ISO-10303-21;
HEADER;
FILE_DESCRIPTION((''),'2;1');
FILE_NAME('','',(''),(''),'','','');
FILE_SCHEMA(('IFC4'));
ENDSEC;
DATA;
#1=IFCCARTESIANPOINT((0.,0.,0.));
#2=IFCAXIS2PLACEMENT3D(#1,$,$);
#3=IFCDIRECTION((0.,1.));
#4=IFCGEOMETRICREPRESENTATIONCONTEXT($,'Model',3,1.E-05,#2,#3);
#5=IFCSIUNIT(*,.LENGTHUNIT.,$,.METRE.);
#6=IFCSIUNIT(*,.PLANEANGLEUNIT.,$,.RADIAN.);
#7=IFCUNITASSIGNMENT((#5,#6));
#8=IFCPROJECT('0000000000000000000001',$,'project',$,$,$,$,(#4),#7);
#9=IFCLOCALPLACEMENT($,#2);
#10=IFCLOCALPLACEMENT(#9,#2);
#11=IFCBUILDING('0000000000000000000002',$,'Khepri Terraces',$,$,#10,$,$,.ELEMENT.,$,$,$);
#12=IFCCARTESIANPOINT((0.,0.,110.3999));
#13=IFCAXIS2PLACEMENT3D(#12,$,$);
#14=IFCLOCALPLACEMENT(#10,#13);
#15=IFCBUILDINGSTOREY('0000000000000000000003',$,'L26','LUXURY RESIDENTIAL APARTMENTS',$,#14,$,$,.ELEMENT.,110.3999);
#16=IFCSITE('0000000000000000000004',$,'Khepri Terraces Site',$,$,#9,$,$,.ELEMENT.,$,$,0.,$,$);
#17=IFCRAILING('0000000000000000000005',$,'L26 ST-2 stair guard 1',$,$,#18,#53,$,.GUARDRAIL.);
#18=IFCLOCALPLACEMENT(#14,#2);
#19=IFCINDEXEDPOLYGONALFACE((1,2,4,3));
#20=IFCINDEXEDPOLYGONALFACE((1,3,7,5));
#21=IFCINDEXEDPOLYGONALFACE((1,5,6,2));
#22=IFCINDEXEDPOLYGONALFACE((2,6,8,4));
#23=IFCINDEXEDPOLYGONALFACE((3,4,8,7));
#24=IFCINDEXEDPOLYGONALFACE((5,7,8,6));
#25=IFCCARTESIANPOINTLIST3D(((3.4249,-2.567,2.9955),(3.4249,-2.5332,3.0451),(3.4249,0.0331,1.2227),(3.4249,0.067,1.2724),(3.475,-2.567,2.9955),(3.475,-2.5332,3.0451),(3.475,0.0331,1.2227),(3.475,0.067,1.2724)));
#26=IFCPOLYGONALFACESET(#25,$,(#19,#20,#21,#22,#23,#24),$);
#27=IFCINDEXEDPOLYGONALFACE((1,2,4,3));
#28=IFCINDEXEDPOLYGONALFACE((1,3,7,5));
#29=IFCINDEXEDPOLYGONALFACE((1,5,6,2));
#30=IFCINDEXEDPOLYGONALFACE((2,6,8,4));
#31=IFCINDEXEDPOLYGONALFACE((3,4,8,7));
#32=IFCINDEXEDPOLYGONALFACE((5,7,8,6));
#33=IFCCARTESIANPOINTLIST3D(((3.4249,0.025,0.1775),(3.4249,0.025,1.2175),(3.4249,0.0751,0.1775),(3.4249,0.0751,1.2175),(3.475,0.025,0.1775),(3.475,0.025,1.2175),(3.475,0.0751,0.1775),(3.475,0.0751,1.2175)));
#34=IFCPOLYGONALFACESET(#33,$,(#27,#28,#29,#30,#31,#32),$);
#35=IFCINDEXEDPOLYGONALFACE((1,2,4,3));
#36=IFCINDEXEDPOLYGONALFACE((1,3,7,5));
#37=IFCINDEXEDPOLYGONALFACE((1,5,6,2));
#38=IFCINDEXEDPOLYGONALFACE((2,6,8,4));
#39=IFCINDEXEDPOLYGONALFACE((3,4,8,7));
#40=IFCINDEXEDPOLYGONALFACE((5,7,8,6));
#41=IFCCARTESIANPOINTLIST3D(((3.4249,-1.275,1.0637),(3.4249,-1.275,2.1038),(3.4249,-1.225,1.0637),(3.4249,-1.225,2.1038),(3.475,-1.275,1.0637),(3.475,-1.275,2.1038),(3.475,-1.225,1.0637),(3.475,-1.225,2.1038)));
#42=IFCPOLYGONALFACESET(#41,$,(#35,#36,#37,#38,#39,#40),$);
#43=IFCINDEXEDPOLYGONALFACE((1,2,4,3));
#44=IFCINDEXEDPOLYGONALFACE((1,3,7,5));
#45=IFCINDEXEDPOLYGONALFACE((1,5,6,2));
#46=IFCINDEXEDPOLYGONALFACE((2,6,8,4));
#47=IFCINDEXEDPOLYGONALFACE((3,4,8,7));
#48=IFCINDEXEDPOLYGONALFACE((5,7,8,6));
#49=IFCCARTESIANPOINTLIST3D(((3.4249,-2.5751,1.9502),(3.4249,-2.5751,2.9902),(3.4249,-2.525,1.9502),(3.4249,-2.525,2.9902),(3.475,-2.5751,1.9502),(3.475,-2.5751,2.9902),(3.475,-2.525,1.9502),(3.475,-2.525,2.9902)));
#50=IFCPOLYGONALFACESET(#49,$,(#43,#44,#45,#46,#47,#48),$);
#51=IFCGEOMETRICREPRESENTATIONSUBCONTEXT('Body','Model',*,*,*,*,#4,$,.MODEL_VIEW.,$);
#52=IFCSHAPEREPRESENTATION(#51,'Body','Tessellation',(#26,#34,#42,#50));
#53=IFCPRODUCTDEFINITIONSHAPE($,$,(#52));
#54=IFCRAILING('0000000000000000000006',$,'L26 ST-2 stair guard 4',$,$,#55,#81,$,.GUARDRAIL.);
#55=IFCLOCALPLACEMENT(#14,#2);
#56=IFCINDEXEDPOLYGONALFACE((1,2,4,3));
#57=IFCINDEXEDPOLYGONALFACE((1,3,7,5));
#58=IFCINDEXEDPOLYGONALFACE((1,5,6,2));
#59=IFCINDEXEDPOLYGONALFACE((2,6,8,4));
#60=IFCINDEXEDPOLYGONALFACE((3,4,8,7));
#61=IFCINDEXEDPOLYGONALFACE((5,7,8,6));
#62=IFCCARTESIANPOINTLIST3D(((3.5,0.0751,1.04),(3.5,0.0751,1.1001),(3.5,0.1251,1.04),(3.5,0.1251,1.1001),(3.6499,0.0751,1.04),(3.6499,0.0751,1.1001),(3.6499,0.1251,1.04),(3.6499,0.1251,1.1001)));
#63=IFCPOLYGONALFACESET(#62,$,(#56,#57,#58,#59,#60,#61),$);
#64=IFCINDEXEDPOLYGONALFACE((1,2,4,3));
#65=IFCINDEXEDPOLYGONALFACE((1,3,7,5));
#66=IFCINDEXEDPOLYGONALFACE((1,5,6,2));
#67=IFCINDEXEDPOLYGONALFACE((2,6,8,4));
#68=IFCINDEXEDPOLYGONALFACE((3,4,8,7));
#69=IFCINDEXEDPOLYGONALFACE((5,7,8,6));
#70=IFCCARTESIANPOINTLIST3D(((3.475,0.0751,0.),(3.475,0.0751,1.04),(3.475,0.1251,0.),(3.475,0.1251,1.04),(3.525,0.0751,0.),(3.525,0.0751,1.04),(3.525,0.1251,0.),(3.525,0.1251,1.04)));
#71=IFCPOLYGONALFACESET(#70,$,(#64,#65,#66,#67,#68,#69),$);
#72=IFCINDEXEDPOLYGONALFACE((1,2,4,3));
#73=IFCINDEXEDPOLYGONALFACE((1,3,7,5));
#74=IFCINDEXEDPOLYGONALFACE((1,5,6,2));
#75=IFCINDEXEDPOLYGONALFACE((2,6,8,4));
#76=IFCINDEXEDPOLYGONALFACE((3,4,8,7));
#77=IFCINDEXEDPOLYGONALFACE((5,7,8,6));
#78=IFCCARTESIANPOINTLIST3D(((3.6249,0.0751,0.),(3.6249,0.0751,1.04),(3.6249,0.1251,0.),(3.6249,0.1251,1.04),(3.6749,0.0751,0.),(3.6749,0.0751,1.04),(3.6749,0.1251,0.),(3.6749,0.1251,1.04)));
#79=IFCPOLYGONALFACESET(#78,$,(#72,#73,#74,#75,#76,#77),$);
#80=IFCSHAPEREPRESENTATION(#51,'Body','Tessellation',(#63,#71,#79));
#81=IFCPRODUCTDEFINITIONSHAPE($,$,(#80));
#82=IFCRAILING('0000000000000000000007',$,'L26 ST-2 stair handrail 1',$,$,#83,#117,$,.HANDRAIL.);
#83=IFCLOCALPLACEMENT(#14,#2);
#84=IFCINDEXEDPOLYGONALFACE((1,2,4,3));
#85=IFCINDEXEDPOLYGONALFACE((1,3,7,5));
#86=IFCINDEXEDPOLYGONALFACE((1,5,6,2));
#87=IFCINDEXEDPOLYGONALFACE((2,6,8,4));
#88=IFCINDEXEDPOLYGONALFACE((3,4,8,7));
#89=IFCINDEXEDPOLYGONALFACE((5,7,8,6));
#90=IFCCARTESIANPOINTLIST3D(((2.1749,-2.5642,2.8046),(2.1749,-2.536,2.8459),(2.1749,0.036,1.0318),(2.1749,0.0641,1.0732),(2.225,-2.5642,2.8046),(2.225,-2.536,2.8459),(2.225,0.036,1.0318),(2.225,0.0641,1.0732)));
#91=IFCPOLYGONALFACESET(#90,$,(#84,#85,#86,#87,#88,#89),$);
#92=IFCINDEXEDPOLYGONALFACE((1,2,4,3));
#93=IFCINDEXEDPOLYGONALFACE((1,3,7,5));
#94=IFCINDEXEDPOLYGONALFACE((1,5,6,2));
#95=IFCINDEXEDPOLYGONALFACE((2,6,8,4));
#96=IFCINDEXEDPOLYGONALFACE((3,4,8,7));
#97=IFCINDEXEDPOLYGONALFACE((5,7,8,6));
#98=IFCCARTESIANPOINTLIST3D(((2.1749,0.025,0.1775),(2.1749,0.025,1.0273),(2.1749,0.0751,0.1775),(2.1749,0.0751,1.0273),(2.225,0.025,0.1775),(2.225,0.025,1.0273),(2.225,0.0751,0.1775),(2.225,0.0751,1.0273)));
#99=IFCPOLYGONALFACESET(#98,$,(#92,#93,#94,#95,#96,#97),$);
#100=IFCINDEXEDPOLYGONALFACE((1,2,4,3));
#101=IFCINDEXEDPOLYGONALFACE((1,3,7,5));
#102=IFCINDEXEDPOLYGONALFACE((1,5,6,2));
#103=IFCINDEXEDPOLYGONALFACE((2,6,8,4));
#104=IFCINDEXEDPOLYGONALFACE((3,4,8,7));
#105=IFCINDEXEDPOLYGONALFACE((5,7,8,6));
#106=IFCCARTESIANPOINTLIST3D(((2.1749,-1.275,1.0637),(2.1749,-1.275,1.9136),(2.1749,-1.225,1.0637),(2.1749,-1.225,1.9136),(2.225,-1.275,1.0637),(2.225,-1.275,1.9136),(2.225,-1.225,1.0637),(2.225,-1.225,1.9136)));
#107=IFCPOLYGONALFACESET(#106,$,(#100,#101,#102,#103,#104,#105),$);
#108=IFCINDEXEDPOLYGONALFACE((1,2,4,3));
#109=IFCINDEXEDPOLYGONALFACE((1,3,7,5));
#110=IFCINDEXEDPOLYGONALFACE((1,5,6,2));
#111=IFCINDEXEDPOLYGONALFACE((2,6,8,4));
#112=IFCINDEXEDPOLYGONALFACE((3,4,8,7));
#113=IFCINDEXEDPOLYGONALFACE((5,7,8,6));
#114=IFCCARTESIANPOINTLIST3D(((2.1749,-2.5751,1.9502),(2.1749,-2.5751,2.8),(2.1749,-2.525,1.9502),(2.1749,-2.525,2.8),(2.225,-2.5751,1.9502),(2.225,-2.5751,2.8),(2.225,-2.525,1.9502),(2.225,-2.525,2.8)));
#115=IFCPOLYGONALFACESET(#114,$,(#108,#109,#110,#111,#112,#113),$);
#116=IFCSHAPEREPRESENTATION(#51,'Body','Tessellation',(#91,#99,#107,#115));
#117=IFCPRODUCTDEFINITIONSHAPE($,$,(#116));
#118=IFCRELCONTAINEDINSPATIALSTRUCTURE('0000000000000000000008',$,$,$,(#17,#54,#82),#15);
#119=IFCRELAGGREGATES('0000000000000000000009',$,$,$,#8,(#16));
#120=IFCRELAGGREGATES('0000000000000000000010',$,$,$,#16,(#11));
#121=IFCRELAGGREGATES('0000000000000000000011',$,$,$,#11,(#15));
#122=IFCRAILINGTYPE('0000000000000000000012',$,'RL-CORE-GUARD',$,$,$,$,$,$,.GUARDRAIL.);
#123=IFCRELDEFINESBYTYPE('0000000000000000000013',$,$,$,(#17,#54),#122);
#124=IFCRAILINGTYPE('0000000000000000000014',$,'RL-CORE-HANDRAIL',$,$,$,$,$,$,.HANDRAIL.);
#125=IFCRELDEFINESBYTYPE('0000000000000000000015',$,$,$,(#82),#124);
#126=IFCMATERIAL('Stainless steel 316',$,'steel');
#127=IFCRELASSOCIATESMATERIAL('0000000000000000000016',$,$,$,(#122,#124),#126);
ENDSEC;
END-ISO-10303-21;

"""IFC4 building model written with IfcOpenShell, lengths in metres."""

from ifc_helpers import new_model, si_unit, direction, frame, origin, origin_2d, place, context, subcontext, project, spatial, rectangle, extrude, material, type_object, element, save


model = new_model("IFC4")

# Units and contexts
model_context = context("Model", 3, precision=1e-05, world=origin(), true_north=direction((0.0, 1.0)))
body_context = subcontext(model_context, "Body", "Model", "MODEL_VIEW")
ifc_project = project(units=[si_unit("LENGTHUNIT", "METRE"), si_unit("PLANEANGLEUNIT", "RADIAN")], contexts=[model_context])

# Site, building, storey
site_placement = place(None, origin())
site = spatial("IfcSite", under=ifc_project, at=site_placement, Name="Khepri Terraces Site", CompositionType="ELEMENT", RefElevation=0.0)
building_placement = place(site_placement, origin())
building = spatial("IfcBuilding", under=site, at=building_placement, Name="Khepri Terraces", CompositionType="ELEMENT")
storey_placement = place(building_placement, frame((0.0, 0.0, 110.3999)))
storey = spatial("IfcBuildingStorey", under=building, at=storey_placement, Name="L26", Description="LUXURY RESIDENTIAL APARTMENTS", CompositionType="ELEMENT", Elevation=110.3999)

# Railings
ifc_material_1 = material(Name="Stainless steel 316", Category="steel")
railing_type_1 = type_object("IfcRailingType", Name="RL-CORE-GUARD", PredefinedType="GUARDRAIL", material=ifc_material_1)
railing_1_placement = place(storey_placement, frame((3.45, 0.05, 0.1775)))
element("IfcRailing", 1, at=railing_1_placement, inside=storey, type_object=railing_type_1, Name="L26 ST-2 stair guard 1", PredefinedType="GUARDRAIL", context=body_context, shape_type="SweptSolid", body=[
    extrude(rectangle(XDim=0.05, YDim=0.0601, at=origin_2d()), frame((0.0, 0.0, 1.0701), z_axis=(0.0, -0.82624, 0.563318), x_axis=(1.0, 0.0, 0.0)), (0.0, 0.0, 1.0), 3.147),
    extrude(rectangle(XDim=0.05, YDim=0.05, at=origin_2d()), origin(), (0.0, 0.0, 1.0), 1.04),
    extrude(rectangle(XDim=0.05, YDim=0.05, at=origin_2d()), frame((0.0, -1.3, 0.8862)), (0.0, 0.0, 1.0), 1.04),
    extrude(rectangle(XDim=0.05, YDim=0.05, at=origin_2d()), frame((0.0, -2.6001, 1.7727)), (0.0, 0.0, 1.0), 1.04),
])
railing_2_placement = place(storey_placement, frame((3.5, 0.1001, 0.0)))
element("IfcRailing", 2, at=railing_2_placement, inside=storey, type_object=railing_type_1, Name="L26 ST-2 stair guard 4", PredefinedType="GUARDRAIL", context=body_context, shape_type="SweptSolid", body=[
    extrude(rectangle(XDim=0.05, YDim=0.0601, at=origin_2d()), frame((0.0, 0.0, 1.0701), z_axis=(1.0, 0.0, 0.0), x_axis=(0.0, 1.0, 0.0)), (0.0, 0.0, 1.0), 0.1499),
    extrude(rectangle(XDim=0.05, YDim=0.05, at=origin_2d()), origin(), (0.0, 0.0, 1.0), 1.04),
    extrude(rectangle(XDim=0.05, YDim=0.05, at=origin_2d()), frame((0.1499, 0.0, 0.0)), (0.0, 0.0, 1.0), 1.04),
])
railing_type_2 = type_object("IfcRailingType", Name="RL-CORE-HANDRAIL", PredefinedType="HANDRAIL", material=ifc_material_1)
railing_3_placement = place(storey_placement, frame((2.2, 0.05, 0.1775)))
element("IfcRailing", 3, at=railing_3_placement, inside=storey, type_object=railing_type_2, Name="L26 ST-2 stair handrail 1", PredefinedType="HANDRAIL", context=body_context, shape_type="SweptSolid", body=[
    extrude(rectangle(XDim=0.05, YDim=0.05, at=origin_2d()), frame((0.0, 0.0, 0.875), z_axis=(0.0, -0.82624, 0.563318), x_axis=(1.0, 0.0, 0.0)), (0.0, 0.0, 1.0), 3.147),
    extrude(rectangle(XDim=0.05, YDim=0.05, at=origin_2d()), origin(), (0.0, 0.0, 1.0), 0.8499),
    extrude(rectangle(XDim=0.05, YDim=0.05, at=origin_2d()), frame((0.0, -1.3, 0.8862)), (0.0, 0.0, 1.0), 0.8499),
    extrude(rectangle(XDim=0.05, YDim=0.05, at=origin_2d()), frame((0.0, -2.6001, 1.7727)), (0.0, 0.0, 1.0), 0.8499),
])

save(model, "model.ifc")
